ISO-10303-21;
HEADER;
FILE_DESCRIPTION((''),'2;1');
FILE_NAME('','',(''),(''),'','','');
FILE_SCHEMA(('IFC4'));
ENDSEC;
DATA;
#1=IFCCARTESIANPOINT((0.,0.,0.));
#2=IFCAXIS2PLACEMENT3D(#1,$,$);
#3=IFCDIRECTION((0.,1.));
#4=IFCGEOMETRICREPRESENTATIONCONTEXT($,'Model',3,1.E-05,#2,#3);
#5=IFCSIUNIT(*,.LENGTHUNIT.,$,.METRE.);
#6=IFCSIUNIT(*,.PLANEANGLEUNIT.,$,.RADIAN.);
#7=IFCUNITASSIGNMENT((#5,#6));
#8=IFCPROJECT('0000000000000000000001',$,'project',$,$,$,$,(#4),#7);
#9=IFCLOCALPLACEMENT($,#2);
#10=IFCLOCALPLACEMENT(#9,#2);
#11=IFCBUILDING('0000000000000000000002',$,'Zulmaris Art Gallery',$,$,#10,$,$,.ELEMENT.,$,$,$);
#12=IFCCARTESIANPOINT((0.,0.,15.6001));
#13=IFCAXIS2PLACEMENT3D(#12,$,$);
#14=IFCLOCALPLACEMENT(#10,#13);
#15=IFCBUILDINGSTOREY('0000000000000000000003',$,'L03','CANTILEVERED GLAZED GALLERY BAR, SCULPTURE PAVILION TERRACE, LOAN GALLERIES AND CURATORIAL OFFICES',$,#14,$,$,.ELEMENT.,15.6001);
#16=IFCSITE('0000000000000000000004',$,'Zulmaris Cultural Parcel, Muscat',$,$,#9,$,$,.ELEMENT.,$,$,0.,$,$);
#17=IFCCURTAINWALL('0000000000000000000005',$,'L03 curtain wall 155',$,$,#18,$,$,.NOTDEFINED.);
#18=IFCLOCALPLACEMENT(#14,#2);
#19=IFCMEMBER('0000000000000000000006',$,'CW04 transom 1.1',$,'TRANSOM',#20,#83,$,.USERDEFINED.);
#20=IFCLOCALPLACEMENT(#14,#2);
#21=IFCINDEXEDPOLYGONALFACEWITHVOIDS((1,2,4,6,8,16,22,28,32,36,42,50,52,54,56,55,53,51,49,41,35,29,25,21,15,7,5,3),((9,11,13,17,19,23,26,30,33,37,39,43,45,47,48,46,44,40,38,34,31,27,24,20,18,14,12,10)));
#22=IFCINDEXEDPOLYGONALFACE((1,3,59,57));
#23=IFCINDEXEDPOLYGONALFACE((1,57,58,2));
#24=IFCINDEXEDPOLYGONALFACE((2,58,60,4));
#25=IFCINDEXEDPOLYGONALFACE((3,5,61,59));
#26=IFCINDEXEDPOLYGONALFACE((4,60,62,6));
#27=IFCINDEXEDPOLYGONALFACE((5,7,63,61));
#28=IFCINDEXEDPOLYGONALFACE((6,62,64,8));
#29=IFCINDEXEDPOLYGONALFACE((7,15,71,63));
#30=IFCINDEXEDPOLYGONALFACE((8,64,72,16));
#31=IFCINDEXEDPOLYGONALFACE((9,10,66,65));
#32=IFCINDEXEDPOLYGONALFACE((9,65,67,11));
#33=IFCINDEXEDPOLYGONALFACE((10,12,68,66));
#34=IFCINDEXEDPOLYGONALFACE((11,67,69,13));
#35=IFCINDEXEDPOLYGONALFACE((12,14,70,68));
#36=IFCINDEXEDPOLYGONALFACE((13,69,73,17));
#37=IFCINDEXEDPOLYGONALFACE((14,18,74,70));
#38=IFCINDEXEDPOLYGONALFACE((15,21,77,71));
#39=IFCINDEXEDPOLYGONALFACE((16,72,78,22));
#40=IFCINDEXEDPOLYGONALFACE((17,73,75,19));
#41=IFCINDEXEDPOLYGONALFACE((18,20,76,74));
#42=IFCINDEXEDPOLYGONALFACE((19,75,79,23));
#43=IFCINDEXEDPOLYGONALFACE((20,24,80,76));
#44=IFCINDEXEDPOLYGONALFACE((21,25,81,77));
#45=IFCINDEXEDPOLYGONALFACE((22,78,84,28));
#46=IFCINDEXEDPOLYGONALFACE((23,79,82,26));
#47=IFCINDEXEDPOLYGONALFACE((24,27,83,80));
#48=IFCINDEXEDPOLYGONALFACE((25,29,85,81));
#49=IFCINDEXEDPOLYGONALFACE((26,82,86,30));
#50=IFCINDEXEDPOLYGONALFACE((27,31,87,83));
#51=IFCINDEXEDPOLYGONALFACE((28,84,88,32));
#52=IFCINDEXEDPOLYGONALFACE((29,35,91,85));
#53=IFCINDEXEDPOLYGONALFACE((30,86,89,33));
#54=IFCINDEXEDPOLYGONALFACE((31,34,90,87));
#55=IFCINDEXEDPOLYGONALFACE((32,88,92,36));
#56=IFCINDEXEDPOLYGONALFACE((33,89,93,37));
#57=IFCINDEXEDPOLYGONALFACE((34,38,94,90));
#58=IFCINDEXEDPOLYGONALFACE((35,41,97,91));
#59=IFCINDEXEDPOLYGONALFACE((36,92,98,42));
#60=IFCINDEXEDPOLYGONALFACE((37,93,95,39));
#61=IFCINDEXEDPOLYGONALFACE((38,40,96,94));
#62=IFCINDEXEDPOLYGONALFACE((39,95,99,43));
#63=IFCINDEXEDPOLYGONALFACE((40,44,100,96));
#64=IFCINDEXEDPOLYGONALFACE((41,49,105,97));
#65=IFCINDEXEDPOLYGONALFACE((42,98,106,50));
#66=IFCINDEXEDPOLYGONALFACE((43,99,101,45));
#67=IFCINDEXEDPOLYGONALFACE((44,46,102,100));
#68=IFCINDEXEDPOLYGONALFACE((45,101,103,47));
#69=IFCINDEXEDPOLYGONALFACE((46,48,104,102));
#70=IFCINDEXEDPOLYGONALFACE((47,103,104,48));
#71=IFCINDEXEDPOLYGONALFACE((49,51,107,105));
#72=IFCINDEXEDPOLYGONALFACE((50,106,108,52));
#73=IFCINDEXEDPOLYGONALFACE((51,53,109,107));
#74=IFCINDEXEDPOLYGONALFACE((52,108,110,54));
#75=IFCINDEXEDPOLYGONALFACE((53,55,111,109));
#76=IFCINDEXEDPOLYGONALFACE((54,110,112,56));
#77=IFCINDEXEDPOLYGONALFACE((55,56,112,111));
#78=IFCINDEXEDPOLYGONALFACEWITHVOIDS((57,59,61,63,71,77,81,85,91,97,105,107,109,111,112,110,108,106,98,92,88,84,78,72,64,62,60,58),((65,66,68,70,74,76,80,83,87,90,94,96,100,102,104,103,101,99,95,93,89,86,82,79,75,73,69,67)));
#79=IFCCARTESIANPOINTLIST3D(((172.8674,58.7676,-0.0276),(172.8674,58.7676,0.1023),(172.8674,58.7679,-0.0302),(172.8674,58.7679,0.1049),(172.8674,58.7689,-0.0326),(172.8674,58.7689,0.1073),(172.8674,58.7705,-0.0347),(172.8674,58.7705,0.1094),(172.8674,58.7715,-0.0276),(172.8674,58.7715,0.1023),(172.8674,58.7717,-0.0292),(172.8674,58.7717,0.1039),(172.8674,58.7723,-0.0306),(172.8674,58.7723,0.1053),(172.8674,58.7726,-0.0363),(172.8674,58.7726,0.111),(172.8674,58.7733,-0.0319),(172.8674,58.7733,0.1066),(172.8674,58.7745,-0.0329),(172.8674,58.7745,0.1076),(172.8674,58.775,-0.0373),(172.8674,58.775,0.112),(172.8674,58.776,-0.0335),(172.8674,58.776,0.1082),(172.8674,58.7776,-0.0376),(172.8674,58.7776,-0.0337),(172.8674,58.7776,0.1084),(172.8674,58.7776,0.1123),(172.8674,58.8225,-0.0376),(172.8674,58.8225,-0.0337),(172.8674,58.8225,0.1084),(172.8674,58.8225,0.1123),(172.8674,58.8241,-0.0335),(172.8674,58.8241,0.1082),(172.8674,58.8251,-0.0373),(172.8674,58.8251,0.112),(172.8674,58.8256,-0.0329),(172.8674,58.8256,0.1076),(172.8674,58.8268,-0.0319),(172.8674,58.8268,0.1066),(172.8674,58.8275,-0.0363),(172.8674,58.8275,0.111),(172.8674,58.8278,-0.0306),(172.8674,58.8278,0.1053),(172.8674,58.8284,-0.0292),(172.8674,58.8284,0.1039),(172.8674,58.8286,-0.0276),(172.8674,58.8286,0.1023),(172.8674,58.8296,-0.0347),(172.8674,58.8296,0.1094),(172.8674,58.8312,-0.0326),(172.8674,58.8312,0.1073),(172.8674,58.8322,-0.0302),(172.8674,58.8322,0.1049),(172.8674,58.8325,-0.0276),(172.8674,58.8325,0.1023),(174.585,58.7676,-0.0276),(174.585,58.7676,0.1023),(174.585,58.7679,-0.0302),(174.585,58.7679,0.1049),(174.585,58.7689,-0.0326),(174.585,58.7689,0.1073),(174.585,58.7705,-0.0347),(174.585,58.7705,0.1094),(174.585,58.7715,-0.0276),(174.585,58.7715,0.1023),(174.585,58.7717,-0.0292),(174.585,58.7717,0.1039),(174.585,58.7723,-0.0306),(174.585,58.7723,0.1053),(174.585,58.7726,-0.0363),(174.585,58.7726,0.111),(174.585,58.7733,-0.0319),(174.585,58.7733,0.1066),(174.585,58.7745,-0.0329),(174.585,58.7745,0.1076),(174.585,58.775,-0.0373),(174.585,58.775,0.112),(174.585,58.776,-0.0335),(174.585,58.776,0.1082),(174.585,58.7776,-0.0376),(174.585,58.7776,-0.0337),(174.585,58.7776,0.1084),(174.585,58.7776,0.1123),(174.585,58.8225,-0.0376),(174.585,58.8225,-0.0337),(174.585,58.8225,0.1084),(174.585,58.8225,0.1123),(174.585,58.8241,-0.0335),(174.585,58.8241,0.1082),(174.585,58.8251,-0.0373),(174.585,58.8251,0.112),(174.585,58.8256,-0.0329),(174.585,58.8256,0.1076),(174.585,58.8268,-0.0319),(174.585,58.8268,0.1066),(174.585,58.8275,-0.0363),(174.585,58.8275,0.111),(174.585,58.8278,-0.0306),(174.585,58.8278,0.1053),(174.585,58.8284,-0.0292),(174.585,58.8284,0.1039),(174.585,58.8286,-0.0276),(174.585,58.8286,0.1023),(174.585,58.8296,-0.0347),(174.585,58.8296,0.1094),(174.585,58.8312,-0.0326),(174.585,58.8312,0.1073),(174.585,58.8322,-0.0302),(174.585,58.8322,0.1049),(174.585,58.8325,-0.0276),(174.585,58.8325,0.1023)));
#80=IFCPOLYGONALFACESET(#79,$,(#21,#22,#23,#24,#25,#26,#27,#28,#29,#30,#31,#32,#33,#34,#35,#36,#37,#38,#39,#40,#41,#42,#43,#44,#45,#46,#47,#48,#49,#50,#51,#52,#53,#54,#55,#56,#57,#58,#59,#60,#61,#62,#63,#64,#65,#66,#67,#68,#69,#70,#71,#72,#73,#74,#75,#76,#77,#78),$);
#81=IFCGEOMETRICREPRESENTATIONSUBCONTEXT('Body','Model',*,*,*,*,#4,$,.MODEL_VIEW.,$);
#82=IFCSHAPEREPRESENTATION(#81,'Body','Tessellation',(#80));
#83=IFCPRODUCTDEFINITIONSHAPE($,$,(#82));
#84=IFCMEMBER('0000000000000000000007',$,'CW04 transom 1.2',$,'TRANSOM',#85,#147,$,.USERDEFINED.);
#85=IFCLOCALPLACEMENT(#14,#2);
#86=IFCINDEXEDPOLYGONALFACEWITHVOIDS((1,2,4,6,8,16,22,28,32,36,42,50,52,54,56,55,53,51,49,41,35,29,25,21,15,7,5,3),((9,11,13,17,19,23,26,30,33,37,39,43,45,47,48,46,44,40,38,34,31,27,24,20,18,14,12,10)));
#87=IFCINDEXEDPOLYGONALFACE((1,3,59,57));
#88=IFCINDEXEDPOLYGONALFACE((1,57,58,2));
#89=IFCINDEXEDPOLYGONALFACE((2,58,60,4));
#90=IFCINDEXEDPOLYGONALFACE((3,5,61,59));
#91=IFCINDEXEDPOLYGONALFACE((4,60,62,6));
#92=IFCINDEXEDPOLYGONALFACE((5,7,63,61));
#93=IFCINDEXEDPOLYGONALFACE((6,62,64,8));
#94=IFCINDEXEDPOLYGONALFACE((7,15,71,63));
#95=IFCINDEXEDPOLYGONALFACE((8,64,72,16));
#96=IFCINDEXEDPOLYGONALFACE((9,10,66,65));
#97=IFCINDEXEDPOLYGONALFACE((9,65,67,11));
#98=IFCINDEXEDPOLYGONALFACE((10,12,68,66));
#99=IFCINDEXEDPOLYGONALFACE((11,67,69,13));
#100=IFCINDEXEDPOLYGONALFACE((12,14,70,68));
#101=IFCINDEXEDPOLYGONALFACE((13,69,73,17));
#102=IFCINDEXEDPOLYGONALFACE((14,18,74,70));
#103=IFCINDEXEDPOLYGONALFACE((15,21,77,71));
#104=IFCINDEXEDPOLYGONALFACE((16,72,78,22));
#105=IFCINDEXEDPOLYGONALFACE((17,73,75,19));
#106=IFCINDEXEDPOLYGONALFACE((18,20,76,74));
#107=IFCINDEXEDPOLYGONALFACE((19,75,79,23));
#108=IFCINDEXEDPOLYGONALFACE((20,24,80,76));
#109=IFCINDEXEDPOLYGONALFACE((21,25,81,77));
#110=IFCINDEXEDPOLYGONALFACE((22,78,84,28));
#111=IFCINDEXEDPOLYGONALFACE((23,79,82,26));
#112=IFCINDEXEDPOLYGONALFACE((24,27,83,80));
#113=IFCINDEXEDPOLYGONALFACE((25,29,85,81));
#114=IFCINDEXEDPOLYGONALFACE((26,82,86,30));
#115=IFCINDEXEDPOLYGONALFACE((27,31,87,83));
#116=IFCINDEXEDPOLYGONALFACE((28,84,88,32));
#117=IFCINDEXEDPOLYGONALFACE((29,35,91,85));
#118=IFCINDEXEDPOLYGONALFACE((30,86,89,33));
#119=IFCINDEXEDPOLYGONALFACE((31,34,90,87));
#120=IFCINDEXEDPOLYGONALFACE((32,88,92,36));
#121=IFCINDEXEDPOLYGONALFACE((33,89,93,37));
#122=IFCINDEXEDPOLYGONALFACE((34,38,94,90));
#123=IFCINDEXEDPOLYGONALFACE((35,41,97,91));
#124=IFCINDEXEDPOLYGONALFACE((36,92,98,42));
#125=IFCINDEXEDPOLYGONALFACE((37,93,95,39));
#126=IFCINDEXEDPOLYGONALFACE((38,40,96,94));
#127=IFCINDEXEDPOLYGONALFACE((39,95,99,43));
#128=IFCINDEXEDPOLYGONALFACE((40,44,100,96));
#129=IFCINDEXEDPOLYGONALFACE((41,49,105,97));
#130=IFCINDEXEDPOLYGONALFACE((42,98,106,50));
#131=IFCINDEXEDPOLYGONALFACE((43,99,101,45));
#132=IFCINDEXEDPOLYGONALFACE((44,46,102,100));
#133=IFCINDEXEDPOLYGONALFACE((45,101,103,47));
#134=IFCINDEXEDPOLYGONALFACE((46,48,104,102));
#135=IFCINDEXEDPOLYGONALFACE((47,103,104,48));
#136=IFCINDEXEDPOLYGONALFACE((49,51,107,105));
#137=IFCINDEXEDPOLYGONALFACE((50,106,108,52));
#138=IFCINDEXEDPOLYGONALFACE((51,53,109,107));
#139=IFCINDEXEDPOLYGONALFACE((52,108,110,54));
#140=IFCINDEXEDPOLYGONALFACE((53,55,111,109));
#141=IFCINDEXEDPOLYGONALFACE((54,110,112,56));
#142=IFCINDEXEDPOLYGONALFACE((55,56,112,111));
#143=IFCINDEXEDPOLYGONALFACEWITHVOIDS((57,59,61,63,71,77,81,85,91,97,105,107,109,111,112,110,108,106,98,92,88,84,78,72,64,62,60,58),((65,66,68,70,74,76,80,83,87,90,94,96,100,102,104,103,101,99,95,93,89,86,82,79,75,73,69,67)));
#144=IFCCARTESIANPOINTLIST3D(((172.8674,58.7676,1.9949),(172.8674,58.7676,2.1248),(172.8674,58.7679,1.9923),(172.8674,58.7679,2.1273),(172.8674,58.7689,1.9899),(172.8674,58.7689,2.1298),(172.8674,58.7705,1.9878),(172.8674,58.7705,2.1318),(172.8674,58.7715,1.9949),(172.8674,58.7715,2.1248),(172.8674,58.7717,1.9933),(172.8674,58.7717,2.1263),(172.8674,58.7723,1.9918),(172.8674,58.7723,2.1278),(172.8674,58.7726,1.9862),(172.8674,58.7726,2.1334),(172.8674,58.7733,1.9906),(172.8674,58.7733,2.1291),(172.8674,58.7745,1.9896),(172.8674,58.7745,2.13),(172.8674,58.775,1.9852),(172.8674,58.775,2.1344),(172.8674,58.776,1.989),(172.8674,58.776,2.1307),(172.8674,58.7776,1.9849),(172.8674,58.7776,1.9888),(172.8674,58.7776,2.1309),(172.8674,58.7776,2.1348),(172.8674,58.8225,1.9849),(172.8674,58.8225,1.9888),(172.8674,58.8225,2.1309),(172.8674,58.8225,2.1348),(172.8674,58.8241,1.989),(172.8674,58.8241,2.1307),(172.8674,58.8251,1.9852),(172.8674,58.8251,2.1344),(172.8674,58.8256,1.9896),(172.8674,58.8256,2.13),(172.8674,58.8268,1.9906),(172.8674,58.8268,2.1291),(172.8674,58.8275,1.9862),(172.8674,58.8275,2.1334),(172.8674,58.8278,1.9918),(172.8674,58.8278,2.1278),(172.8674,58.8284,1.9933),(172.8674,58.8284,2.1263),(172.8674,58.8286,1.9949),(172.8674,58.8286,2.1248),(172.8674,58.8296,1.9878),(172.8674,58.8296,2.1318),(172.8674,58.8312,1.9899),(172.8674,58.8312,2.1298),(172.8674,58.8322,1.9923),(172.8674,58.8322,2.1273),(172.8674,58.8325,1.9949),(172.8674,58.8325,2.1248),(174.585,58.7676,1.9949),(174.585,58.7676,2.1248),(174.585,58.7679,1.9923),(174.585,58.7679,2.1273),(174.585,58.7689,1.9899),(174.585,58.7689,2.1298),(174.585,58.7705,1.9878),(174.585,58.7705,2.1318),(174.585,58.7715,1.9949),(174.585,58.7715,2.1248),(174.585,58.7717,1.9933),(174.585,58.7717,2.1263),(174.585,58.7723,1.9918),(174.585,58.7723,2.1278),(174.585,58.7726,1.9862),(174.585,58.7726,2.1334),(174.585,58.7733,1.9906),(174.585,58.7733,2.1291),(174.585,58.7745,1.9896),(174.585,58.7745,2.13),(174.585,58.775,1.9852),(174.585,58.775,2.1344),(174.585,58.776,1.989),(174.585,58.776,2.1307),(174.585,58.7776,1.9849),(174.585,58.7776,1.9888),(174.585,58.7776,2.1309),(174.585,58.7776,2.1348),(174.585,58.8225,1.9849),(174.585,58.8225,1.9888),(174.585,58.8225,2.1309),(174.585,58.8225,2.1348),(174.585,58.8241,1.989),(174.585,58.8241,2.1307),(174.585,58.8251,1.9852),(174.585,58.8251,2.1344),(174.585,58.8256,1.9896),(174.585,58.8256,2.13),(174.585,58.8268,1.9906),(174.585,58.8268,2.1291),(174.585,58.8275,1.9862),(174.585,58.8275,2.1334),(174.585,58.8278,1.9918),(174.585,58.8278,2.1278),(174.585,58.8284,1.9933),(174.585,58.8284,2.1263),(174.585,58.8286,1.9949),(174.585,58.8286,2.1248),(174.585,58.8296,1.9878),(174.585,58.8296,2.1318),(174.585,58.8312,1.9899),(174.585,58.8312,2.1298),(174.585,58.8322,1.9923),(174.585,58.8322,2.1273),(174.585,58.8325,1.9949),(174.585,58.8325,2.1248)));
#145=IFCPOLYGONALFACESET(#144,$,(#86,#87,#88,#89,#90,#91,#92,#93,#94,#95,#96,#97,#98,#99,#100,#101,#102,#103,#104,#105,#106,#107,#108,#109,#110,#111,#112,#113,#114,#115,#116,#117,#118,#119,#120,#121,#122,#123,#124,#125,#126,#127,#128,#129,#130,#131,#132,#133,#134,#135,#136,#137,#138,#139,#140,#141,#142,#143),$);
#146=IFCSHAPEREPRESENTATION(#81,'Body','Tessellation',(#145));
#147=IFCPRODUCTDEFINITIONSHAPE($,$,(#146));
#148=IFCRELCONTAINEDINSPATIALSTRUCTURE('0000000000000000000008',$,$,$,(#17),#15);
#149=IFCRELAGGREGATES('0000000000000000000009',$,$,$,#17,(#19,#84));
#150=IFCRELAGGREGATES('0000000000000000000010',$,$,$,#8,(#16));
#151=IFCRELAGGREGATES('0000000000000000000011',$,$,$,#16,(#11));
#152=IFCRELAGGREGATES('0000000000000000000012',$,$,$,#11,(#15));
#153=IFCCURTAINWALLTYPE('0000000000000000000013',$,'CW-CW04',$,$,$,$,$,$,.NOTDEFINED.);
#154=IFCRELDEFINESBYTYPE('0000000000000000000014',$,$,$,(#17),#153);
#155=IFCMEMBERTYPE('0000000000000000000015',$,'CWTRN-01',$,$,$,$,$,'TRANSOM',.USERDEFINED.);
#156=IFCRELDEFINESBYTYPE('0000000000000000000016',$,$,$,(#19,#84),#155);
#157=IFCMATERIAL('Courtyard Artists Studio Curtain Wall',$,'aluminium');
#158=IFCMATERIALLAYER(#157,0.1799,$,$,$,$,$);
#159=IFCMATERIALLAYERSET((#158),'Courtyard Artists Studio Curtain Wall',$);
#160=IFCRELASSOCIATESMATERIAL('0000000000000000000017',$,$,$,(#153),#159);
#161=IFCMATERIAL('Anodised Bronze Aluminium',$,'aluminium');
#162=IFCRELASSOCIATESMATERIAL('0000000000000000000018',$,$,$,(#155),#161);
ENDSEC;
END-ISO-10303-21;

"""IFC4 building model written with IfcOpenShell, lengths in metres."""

from ifc_helpers import new_model, si_unit, direction, frame, origin, origin_2d, place, context, subcontext, project, spatial, hollow_rectangle, extrude, material, layer, layer_set, material_profile, profile_set, type_object, element, aggregate, save


model = new_model("IFC4")

# Units and contexts
model_context = context("Model", 3, precision=1e-05, world=origin(), true_north=direction((0.0, 1.0)))
body_context = subcontext(model_context, "Body", "Model", "MODEL_VIEW")
ifc_project = project(units=[si_unit("LENGTHUNIT", "METRE"), si_unit("PLANEANGLEUNIT", "RADIAN")], contexts=[model_context])

# Site, building, storey
site_placement = place(None, origin())
site = spatial("IfcSite", under=ifc_project, at=site_placement, Name="Zulmaris Cultural Parcel, Muscat", CompositionType="ELEMENT", RefElevation=0.0)
building_placement = place(site_placement, origin())
building = spatial("IfcBuilding", under=site, at=building_placement, Name="Zulmaris Art Gallery", CompositionType="ELEMENT")
storey_placement = place(building_placement, frame((0.0, 0.0, 15.6001)))
storey = spatial("IfcBuildingStorey", under=building, at=storey_placement, Name="L03", Description="CANTILEVERED GLAZED GALLERY BAR, SCULPTURE PAVILION TERRACE, LOAN GALLERIES AND CURATORIAL OFFICES", CompositionType="ELEMENT", Elevation=15.6001)

# Curtain wall
ifc_material_1 = material(Name="Courtyard Artists Studio Curtain Wall", Category="aluminium")
ifc_layer_1 = layer(ifc_material_1, 0.1799)
ifc_layer_set_1 = layer_set([ifc_layer_1], Name="Courtyard Artists Studio Curtain Wall")
curtain_wall_type = type_object("IfcCurtainWallType", Name="CW-CW04", PredefinedType="NOTDEFINED", material=ifc_layer_set_1)
curtain_wall_1_placement = place(storey_placement, origin())
curtain_wall_1 = element("IfcCurtainWall", 1, at=curtain_wall_1_placement, inside=storey, type_object=curtain_wall_type, Name="L03 curtain wall 155", PredefinedType="NOTDEFINED")
ifc_material_2 = material(Name="Anodised Bronze Aluminium", Category="aluminium")

# Members
ifc_material_profile_1 = material_profile(ifc_material_2, hollow_rectangle(XDim=0.0649, YDim=0.1499, WallThickness=0.0039, InnerFilletRadius=0.0061, OuterFilletRadius=0.01, at=origin_2d()), Name="ALU 65x150x4")
ifc_profile_set_1 = profile_set([ifc_material_profile_1], Name="Anodised Bronze Aluminium")
member_type_1 = type_object("IfcMemberType", Name="CWTRN-01", ElementType="TRANSOM", PredefinedType="USERDEFINED", material=ifc_profile_set_1)
member_1_placement = place(storey_placement, frame((174.585, 58.8, 0.0374), z_axis=(-1.0, 0.0, 0.0), x_axis=(0.0, -1.0, 0.0)))
member_1 = element("IfcMember", 2, at=member_1_placement, type_object=member_type_1, Name="CW04 transom 1.1", ObjectType="TRANSOM", PredefinedType="USERDEFINED", context=body_context, shape_type="SweptSolid", body=[
    extrude(hollow_rectangle(XDim=0.0649, YDim=0.1499, WallThickness=0.0039, InnerFilletRadius=0.0061, OuterFilletRadius=0.01, at=origin_2d()), origin(), (0.0, 0.0, 1.0), 1.7175),
])
member_2_placement = place(storey_placement, frame((174.585, 58.8, 2.0598), z_axis=(-1.0, 0.0, 0.0), x_axis=(0.0, -1.0, 0.0)))
member_2 = element("IfcMember", 3, at=member_2_placement, type_object=member_type_1, Name="CW04 transom 1.2", ObjectType="TRANSOM", PredefinedType="USERDEFINED", context=body_context, shape_type="SweptSolid", body=[
    extrude(hollow_rectangle(XDim=0.0649, YDim=0.1499, WallThickness=0.0039, InnerFilletRadius=0.0061, OuterFilletRadius=0.01, at=origin_2d()), origin(), (0.0, 0.0, 1.0), 1.7175),
])

aggregate(curtain_wall_1, [member_1, member_2])

save(model, "model.ifc")
